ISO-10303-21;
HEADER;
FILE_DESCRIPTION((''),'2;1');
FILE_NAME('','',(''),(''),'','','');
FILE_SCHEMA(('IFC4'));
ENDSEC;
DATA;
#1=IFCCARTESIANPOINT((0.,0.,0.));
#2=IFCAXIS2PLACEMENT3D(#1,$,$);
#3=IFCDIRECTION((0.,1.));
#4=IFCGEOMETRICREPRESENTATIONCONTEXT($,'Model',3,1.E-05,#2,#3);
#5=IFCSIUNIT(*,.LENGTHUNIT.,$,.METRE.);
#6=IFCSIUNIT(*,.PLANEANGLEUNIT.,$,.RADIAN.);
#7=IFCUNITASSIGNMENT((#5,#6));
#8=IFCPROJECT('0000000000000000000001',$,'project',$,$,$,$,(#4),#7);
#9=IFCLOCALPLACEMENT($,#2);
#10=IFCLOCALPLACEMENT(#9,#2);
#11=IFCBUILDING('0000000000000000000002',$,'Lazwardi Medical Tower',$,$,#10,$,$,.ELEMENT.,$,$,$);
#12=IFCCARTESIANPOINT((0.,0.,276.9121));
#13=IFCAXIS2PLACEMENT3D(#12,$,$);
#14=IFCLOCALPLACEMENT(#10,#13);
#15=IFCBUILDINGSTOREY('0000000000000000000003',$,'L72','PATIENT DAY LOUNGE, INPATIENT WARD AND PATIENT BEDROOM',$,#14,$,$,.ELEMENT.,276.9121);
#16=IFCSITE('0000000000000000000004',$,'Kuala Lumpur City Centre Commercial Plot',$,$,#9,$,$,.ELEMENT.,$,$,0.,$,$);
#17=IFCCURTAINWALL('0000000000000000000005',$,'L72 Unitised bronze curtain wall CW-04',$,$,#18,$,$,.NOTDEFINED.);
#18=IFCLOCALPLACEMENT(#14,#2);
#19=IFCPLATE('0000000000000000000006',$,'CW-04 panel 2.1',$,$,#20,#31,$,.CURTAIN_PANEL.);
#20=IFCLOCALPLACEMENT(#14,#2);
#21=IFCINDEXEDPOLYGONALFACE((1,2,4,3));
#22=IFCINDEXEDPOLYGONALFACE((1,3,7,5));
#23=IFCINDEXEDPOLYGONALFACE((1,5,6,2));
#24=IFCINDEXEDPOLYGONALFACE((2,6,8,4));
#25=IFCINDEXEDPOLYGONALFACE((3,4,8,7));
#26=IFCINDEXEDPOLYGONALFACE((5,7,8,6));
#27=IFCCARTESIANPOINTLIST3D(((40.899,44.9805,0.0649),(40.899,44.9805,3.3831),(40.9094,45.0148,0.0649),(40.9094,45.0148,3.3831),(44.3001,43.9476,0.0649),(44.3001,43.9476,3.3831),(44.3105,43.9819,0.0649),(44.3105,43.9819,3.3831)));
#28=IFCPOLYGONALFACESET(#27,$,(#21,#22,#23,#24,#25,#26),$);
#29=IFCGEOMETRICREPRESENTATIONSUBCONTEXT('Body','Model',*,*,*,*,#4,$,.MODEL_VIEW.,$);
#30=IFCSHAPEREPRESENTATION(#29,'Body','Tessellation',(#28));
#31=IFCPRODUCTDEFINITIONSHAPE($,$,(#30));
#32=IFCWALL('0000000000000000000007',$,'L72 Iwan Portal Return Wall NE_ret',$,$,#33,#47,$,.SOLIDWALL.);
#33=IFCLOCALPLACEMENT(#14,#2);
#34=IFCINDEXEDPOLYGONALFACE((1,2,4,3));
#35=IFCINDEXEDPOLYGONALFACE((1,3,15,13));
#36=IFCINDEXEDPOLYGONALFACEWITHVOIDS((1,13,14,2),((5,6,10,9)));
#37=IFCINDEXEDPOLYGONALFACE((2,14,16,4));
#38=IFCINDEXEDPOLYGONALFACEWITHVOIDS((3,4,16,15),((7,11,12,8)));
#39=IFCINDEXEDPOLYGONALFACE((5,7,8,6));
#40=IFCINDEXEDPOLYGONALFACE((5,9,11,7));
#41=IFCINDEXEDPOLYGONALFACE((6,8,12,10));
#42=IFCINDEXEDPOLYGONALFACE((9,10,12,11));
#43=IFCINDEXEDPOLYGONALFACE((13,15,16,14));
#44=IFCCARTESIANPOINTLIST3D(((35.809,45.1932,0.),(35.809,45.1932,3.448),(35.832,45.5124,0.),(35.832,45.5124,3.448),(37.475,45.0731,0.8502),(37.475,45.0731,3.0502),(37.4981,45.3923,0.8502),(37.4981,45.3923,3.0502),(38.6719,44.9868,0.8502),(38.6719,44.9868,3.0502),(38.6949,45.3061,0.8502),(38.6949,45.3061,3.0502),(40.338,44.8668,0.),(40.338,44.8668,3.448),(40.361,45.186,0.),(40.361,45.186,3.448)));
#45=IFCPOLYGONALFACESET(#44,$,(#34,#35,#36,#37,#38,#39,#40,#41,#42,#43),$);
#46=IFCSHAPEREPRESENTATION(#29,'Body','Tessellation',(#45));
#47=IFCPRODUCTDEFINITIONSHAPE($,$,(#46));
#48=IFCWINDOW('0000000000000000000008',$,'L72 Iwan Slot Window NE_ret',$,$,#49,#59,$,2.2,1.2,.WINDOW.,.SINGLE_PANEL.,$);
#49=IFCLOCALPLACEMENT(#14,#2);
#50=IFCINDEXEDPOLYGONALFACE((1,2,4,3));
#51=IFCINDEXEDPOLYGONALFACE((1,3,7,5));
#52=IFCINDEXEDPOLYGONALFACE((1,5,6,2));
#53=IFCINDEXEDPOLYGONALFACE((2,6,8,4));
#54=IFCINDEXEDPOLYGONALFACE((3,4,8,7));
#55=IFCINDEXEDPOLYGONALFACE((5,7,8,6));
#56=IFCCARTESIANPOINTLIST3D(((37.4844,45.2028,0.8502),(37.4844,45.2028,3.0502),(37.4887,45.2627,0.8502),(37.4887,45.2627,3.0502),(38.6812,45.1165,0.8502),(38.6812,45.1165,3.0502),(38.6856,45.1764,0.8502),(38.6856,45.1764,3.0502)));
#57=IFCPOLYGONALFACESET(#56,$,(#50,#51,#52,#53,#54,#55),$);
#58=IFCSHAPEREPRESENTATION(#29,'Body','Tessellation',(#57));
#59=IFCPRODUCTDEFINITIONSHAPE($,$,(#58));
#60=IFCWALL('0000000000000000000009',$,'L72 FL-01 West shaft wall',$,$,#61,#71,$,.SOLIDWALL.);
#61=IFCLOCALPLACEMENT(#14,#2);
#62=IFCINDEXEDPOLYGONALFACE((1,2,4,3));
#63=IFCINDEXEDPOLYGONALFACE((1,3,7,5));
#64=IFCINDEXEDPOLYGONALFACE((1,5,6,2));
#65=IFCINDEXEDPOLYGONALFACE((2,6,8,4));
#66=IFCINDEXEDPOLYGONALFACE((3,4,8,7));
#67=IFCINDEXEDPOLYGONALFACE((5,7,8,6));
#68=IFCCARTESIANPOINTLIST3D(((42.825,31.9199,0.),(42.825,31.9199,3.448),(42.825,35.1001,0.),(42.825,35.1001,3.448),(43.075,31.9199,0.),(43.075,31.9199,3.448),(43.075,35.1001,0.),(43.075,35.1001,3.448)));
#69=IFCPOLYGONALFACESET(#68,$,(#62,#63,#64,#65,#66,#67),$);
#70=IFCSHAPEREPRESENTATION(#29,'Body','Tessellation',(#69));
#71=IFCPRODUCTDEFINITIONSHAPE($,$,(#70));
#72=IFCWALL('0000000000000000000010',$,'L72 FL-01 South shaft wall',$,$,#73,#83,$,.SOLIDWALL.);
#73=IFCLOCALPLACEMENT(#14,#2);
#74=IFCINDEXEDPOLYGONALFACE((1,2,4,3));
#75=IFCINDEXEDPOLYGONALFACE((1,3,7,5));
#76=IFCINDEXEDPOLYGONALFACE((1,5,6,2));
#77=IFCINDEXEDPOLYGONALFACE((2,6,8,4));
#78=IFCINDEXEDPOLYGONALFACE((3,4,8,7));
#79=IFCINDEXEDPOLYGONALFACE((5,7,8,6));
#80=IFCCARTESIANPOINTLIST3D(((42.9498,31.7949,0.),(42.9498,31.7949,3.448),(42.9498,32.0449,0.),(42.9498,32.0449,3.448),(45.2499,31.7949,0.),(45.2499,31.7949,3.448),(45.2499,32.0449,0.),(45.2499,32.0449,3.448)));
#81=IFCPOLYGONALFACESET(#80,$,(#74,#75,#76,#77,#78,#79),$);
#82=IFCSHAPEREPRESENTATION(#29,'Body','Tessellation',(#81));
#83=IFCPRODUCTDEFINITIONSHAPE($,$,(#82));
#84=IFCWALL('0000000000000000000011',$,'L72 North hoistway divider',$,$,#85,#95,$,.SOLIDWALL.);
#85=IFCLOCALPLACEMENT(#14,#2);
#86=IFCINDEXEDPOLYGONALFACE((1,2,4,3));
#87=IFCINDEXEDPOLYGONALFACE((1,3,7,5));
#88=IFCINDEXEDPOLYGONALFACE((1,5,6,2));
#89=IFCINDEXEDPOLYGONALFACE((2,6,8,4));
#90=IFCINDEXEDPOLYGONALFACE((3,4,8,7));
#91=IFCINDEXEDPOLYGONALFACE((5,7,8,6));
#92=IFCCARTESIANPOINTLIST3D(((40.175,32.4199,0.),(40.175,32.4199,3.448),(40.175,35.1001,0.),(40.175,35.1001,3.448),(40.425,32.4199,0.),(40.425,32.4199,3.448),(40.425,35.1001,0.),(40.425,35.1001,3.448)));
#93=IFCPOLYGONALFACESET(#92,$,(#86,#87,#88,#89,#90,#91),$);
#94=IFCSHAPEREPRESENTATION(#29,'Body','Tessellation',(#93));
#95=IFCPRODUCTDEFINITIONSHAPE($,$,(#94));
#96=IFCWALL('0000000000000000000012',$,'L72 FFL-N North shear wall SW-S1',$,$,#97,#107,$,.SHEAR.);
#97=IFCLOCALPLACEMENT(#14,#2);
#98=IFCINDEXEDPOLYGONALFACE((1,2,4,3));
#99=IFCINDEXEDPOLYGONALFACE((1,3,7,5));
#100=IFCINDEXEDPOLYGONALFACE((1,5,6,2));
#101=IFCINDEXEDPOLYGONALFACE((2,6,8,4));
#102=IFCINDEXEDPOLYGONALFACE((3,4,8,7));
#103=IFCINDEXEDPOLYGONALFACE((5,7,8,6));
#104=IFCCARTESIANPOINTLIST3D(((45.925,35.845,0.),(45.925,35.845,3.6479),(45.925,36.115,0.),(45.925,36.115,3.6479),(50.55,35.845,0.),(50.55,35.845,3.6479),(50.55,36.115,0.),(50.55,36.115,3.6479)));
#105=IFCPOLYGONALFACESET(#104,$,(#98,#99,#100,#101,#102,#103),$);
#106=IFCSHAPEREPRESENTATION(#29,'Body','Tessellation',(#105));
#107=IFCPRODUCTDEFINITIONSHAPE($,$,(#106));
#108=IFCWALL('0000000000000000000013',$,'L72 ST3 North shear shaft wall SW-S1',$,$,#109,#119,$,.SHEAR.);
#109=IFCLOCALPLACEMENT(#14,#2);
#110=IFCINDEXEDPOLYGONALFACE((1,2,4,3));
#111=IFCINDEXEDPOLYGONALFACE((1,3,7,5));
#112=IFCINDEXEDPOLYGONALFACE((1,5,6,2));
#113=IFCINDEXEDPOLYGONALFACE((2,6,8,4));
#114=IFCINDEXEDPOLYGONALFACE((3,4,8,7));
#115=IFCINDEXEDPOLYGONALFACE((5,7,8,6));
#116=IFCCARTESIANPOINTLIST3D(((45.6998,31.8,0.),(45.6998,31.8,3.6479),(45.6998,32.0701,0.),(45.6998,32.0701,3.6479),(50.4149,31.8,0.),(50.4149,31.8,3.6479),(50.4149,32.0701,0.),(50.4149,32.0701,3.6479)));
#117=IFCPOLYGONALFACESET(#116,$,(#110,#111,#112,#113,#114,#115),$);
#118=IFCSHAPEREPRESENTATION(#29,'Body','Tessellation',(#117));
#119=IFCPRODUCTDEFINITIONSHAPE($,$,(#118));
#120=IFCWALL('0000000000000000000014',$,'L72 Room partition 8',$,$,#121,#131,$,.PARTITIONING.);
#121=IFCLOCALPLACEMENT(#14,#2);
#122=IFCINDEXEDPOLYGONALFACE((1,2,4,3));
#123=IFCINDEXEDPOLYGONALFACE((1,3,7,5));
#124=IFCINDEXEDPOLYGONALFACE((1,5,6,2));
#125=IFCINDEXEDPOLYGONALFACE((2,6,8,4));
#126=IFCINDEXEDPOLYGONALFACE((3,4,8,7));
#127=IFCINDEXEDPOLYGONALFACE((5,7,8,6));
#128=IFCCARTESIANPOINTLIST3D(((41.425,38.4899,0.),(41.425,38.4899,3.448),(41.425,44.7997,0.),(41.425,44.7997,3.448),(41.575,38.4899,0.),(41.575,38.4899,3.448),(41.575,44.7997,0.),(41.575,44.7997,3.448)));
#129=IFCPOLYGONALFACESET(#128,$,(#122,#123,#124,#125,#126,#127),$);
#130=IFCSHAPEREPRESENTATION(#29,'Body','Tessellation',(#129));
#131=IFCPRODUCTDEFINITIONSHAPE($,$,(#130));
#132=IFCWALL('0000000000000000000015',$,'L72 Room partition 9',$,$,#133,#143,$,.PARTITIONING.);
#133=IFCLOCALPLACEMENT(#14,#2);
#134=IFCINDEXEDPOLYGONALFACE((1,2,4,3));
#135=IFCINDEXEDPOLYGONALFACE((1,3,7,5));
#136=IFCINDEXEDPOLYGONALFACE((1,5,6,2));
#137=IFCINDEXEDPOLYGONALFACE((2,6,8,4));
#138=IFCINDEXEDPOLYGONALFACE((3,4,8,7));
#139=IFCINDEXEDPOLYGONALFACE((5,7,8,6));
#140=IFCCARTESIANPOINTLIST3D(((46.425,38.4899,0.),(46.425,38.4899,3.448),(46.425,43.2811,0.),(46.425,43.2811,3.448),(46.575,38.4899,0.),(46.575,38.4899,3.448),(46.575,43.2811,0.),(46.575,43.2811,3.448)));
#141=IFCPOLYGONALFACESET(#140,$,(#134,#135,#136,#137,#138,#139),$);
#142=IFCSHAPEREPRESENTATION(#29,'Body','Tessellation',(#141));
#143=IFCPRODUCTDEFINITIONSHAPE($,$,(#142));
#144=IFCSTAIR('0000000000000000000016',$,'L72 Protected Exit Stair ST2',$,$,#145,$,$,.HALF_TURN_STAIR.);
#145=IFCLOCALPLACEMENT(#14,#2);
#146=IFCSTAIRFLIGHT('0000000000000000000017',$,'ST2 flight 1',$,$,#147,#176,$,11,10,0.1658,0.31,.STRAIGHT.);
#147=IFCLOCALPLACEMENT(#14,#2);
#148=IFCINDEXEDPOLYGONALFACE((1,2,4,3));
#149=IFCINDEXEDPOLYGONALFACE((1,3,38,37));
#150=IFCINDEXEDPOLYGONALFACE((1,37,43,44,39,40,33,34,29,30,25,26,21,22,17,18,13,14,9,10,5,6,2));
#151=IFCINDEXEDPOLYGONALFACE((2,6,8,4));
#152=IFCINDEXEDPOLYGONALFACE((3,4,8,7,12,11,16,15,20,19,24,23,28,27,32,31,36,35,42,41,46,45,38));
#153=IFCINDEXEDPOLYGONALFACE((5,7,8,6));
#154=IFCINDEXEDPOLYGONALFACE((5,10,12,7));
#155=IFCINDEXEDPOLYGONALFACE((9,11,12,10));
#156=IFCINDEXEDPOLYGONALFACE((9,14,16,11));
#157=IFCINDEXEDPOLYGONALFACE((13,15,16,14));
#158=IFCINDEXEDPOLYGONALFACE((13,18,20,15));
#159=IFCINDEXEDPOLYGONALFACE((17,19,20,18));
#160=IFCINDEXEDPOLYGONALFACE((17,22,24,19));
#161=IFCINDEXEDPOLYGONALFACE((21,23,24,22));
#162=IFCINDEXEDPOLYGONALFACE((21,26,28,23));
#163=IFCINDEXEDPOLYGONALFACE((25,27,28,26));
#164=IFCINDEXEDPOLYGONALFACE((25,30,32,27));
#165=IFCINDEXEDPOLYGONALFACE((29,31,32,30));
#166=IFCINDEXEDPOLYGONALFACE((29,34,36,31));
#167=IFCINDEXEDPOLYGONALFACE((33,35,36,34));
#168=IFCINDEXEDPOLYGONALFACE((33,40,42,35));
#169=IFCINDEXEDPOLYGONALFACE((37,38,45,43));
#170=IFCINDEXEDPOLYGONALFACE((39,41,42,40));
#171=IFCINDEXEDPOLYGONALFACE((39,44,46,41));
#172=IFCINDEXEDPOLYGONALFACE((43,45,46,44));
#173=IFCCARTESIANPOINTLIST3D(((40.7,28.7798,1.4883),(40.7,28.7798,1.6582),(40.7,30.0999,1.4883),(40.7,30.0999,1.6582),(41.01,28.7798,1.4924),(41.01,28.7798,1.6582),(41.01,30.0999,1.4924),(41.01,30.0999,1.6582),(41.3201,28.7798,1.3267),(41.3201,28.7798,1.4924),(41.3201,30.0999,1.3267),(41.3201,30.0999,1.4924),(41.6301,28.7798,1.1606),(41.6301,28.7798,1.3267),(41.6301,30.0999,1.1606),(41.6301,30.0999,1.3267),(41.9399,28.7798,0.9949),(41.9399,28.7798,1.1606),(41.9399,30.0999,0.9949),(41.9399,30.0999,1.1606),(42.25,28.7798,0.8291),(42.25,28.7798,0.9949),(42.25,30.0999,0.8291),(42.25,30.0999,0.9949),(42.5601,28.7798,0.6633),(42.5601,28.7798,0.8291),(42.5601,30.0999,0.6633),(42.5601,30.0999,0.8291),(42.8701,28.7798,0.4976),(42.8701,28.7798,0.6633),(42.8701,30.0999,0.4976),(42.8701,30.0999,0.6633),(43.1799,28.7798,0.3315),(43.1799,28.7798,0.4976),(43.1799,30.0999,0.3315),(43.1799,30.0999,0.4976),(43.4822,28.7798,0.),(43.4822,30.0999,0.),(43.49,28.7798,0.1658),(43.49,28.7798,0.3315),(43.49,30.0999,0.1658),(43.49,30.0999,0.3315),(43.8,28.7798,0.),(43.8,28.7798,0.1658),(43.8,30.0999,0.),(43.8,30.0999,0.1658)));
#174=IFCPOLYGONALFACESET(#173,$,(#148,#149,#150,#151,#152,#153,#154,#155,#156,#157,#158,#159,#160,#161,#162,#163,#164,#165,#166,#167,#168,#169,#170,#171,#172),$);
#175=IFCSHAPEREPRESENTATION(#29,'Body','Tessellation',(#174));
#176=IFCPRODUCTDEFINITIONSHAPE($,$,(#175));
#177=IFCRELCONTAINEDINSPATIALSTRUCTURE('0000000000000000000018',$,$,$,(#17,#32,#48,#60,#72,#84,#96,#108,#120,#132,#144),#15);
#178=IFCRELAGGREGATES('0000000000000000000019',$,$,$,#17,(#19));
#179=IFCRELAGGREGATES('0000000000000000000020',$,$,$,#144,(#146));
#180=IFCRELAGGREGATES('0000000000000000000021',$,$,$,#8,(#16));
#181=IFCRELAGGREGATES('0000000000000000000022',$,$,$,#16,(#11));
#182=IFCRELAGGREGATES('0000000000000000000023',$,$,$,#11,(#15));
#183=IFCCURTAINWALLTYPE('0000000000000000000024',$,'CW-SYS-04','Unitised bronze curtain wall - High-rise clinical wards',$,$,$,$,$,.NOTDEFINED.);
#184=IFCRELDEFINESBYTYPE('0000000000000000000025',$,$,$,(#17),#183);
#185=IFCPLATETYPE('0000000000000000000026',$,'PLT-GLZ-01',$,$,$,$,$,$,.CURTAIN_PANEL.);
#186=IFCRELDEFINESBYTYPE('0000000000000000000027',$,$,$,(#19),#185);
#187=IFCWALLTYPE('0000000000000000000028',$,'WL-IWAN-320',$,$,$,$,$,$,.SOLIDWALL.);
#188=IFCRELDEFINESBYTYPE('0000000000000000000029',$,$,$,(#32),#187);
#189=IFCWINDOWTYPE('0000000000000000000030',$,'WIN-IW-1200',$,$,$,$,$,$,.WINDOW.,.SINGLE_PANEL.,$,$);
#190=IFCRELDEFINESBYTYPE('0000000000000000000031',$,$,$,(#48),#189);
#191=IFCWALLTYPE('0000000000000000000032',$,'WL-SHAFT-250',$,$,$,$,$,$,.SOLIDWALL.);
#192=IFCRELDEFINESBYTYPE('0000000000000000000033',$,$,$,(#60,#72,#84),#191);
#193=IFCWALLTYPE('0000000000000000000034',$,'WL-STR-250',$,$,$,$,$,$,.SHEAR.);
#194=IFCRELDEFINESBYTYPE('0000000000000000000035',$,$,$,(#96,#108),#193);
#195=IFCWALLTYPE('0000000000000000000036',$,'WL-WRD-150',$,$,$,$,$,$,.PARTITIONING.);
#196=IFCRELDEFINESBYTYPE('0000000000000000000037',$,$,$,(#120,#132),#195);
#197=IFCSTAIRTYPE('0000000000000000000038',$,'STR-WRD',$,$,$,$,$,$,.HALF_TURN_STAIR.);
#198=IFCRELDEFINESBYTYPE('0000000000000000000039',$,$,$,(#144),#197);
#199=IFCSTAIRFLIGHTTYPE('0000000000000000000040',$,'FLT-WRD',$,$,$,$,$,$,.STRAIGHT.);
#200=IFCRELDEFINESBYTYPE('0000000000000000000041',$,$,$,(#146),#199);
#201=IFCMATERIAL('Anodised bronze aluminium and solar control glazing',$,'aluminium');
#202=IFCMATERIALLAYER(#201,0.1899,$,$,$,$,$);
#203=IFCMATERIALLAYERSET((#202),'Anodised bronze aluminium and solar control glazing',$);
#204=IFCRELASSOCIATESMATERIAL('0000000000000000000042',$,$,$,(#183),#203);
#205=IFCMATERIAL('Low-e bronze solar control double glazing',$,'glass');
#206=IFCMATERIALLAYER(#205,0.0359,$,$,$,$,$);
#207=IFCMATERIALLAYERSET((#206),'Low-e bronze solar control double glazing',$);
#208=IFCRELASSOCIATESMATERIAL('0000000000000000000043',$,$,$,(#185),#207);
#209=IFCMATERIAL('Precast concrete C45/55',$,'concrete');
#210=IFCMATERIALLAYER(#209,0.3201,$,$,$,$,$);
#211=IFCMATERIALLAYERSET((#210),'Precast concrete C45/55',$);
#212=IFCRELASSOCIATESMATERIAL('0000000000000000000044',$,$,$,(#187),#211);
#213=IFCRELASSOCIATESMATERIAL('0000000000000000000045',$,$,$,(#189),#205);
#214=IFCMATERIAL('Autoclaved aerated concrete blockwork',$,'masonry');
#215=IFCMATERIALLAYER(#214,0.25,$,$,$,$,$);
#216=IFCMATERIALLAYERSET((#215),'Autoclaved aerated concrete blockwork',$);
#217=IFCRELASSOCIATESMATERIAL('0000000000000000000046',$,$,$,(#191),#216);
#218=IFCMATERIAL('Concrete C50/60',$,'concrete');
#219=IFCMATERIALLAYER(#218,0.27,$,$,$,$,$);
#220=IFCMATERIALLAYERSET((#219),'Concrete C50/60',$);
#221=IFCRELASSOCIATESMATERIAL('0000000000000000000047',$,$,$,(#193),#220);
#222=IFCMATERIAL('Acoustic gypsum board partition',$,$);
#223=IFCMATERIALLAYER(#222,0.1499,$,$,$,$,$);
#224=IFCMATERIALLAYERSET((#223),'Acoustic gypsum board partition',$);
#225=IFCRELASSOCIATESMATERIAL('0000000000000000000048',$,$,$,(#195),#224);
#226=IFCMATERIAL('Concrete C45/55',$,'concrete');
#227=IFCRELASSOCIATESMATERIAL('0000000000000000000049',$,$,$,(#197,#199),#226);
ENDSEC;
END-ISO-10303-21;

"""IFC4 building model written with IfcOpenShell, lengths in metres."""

from ifc_helpers import new_model, si_unit, direction, frame, frame_2d, origin, origin_2d, place, context, subcontext, project, spatial, polyline, rectangle, outline, extrude, material, layer, layer_set, type_object, element, fill, aggregate, save


model = new_model("IFC4")

# Units and contexts
model_context = context("Model", 3, precision=1e-05, world=origin(), true_north=direction((0.0, 1.0)))
body_context = subcontext(model_context, "Body", "Model", "MODEL_VIEW")
ifc_project = project(units=[si_unit("LENGTHUNIT", "METRE"), si_unit("PLANEANGLEUNIT", "RADIAN")], contexts=[model_context])

# Site, building, storey
site_placement = place(None, origin())
site = spatial("IfcSite", under=ifc_project, at=site_placement, Name="Kuala Lumpur City Centre Commercial Plot", CompositionType="ELEMENT", RefElevation=0.0)
building_placement = place(site_placement, origin())
building = spatial("IfcBuilding", under=site, at=building_placement, Name="Lazwardi Medical Tower", CompositionType="ELEMENT")
storey_placement = place(building_placement, frame((0.0, 0.0, 276.9121)))
storey = spatial("IfcBuildingStorey", under=building, at=storey_placement, Name="L72", Description="PATIENT DAY LOUNGE, INPATIENT WARD AND PATIENT BEDROOM", CompositionType="ELEMENT", Elevation=276.9121)

# Curtain wall, plate
ifc_material_1 = material(Name="Anodised bronze aluminium and solar control glazing", Category="aluminium")
ifc_layer_1 = layer(ifc_material_1, 0.1899)
ifc_layer_set_1 = layer_set([ifc_layer_1], Name="Anodised bronze aluminium and solar control glazing")
curtain_wall_type = type_object("IfcCurtainWallType", Name="CW-SYS-04", Description="Unitised bronze curtain wall - High-rise clinical wards", PredefinedType="NOTDEFINED", material=ifc_layer_set_1)
curtain_wall_placement = place(storey_placement, origin())
curtain_wall = element("IfcCurtainWall", 1, at=curtain_wall_placement, inside=storey, type_object=curtain_wall_type, Name="L72 Unitised bronze curtain wall CW-04", PredefinedType="NOTDEFINED")
ifc_material_2 = material(Name="Low-e bronze solar control double glazing", Category="glass")
ifc_layer_2 = layer(ifc_material_2, 0.0359)
ifc_layer_set_2 = layer_set([ifc_layer_2], Name="Low-e bronze solar control double glazing")
plate_type = type_object("IfcPlateType", Name="PLT-GLZ-01", PredefinedType="CURTAIN_PANEL", material=ifc_layer_set_2)
plate_1_placement = place(storey_placement, frame((42.6047, 44.4812, 0.0649), z_axis=(0.0, 0.0, 1.0), x_axis=(-0.95685, 0.290582, 0.0)))
plate_1 = element("IfcPlate", 2, at=plate_1_placement, type_object=plate_type, Name="CW-04 panel 2.1", PredefinedType="CURTAIN_PANEL", context=body_context, shape_type="SweptSolid", body=[
    extrude(rectangle(XDim=3.5544, YDim=0.0359, at=origin_2d()), origin(), (0.0, 0.0, 1.0), 3.3181),
])
aggregate(curtain_wall, [plate_1])

# Wall, opening, window
ifc_material_3 = material(Name="Precast concrete C45/55", Category="concrete")
ifc_layer_3 = layer(ifc_material_3, 0.3201)
ifc_layer_set_3 = layer_set([ifc_layer_3], Name="Precast concrete C45/55")
wall_type_1 = type_object("IfcWallType", Name="WL-IWAN-320", PredefinedType="SOLIDWALL", material=ifc_layer_set_3)
wall_1_placement = place(storey_placement, frame((40.3496, 45.0264, 0.0), z_axis=(0.0, 0.0, 1.0), x_axis=(-0.997413, 0.071885, 0.0)))
wall_1 = element("IfcWall", 3, at=wall_1_placement, inside=storey, type_object=wall_type_1, Name="L72 Iwan Portal Return Wall NE_ret", PredefinedType="SOLIDWALL", context=body_context, shape_type="SweptSolid", body=[
    extrude(rectangle(XDim=4.5408, YDim=0.3201, at=frame_2d((2.2705, 0.0))), origin(), (0.0, 0.0, 1.0), 3.448),
])
opening_placement = place(wall_1_placement, frame((1.6704, 0.0, 0.8501)))
opening = element("IfcOpeningElement", 4, at=opening_placement, cuts=wall_1, PredefinedType="OPENING", context=body_context, shape_type="SweptSolid", body=[
    extrude(rectangle(XDim=1.2, YDim=2.2, at=frame_2d((0.6001, 1.1001))), frame((0.0, 0.1699, 0.0), z_axis=(0.0, -1.0, 0.0), x_axis=(1.0, 0.0, 0.0)), (0.0, 0.0, 1.0), 0.3401),
])
window_type = type_object("IfcWindowType", Name="WIN-IW-1200", PartitioningType="SINGLE_PANEL", PredefinedType="WINDOW", material=ifc_material_2)
window_placement = place(opening_placement, origin())
window = element("IfcWindow", 5, at=window_placement, inside=storey, type_object=window_type, Name="L72 Iwan Slot Window NE_ret", OverallHeight=2.2, OverallWidth=1.2, PartitioningType="SINGLE_PANEL", PredefinedType="WINDOW", context=body_context, shape_type="SweptSolid", body=[
    extrude(rectangle(XDim=1.2, YDim=2.2, at=frame_2d((0.6001, 1.1001))), frame((0.0, 0.03, 0.0), z_axis=(0.0, -1.0, 0.0), x_axis=(1.0, 0.0, 0.0)), (0.0, 0.0, 1.0), 0.0601),
])
fill(opening, window)

# Walls
ifc_material_4 = material(Name="Autoclaved aerated concrete blockwork", Category="masonry")
ifc_layer_4 = layer(ifc_material_4, 0.25)
ifc_layer_set_4 = layer_set([ifc_layer_4], Name="Autoclaved aerated concrete blockwork")
wall_type_2 = type_object("IfcWallType", Name="WL-SHAFT-250", PredefinedType="SOLIDWALL", material=ifc_layer_set_4)
wall_2_placement = place(storey_placement, frame((42.95, 31.9199, 0.0), z_axis=(0.0, 0.0, 1.0), x_axis=(0.0, 1.0, 0.0)))
element("IfcWall", 6, at=wall_2_placement, inside=storey, type_object=wall_type_2, Name="L72 FL-01 West shaft wall", PredefinedType="SOLIDWALL", context=body_context, shape_type="SweptSolid", body=[
    extrude(rectangle(XDim=3.1802, YDim=0.25, at=frame_2d((1.5901, 0.0))), origin(), (0.0, 0.0, 1.0), 3.448),
])
wall_3_placement = place(storey_placement, frame((42.95, 31.9199, 0.0), z_axis=(0.0, 0.0, 1.0), x_axis=(1.0, 0.0, 0.0)))
element("IfcWall", 7, at=wall_3_placement, inside=storey, type_object=wall_type_2, Name="L72 FL-01 South shaft wall", PredefinedType="SOLIDWALL", context=body_context, shape_type="SweptSolid", body=[
    extrude(rectangle(XDim=2.3, YDim=0.25, at=frame_2d((1.1499, 0.0))), origin(), (0.0, 0.0, 1.0), 3.448),
])
wall_4_placement = place(storey_placement, frame((40.3, 32.4199, 0.0), z_axis=(0.0, 0.0, 1.0), x_axis=(0.0, 1.0, 0.0)))
element("IfcWall", 8, at=wall_4_placement, inside=storey, type_object=wall_type_2, Name="L72 North hoistway divider", PredefinedType="SOLIDWALL", context=body_context, shape_type="SweptSolid", body=[
    extrude(rectangle(XDim=2.6802, YDim=0.25, at=frame_2d((1.3401, 0.0))), origin(), (0.0, 0.0, 1.0), 3.448),
])
ifc_material_5 = material(Name="Concrete C50/60", Category="concrete")
ifc_layer_5 = layer(ifc_material_5, 0.27)
ifc_layer_set_5 = layer_set([ifc_layer_5], Name="Concrete C50/60")
wall_type_3 = type_object("IfcWallType", Name="WL-STR-250", PredefinedType="SHEAR", material=ifc_layer_set_5)
wall_5_placement = place(storey_placement, frame((45.925, 35.98, 0.0), z_axis=(0.0, 0.0, 1.0), x_axis=(1.0, 0.0, 0.0)))
element("IfcWall", 9, at=wall_5_placement, inside=storey, type_object=wall_type_3, Name="L72 FFL-N North shear wall SW-S1", PredefinedType="SHEAR", context=body_context, shape_type="SweptSolid", body=[
    extrude(rectangle(XDim=4.625, YDim=0.27, at=frame_2d((2.3125, 0.0))), origin(), (0.0, 0.0, 1.0), 3.6479),
])
wall_6_placement = place(storey_placement, frame((45.7, 31.9351, 0.0), z_axis=(0.0, 0.0, 1.0), x_axis=(1.0, 0.0, 0.0)))
element("IfcWall", 10, at=wall_6_placement, inside=storey, type_object=wall_type_3, Name="L72 ST3 North shear shaft wall SW-S1", PredefinedType="SHEAR", context=body_context, shape_type="SweptSolid", body=[
    extrude(rectangle(XDim=4.7151, YDim=0.27, at=frame_2d((2.3574, 0.0))), origin(), (0.0, 0.0, 1.0), 3.6479),
])
ifc_material_6 = material(Name="Acoustic gypsum board partition")
ifc_layer_6 = layer(ifc_material_6, 0.1499)
ifc_layer_set_6 = layer_set([ifc_layer_6], Name="Acoustic gypsum board partition")
wall_type_4 = type_object("IfcWallType", Name="WL-WRD-150", PredefinedType="PARTITIONING", material=ifc_layer_set_6)
wall_7_placement = place(storey_placement, frame((41.5, 38.49, 0.0), z_axis=(0.0, 0.0, 1.0), x_axis=(0.0, 1.0, 0.0)))
element("IfcWall", 11, at=wall_7_placement, inside=storey, type_object=wall_type_4, Name="L72 Room partition 8", PredefinedType="PARTITIONING", context=body_context, shape_type="SweptSolid", body=[
    extrude(rectangle(XDim=6.3098, YDim=0.1499, at=frame_2d((3.1548, 0.0))), origin(), (0.0, 0.0, 1.0), 3.448),
])
wall_8_placement = place(storey_placement, frame((46.5, 38.49, 0.0), z_axis=(0.0, 0.0, 1.0), x_axis=(0.0, 1.0, 0.0)))
element("IfcWall", 12, at=wall_8_placement, inside=storey, type_object=wall_type_4, Name="L72 Room partition 9", PredefinedType="PARTITIONING", context=body_context, shape_type="SweptSolid", body=[
    extrude(rectangle(XDim=4.7913, YDim=0.1499, at=frame_2d((2.3955, 0.0))), origin(), (0.0, 0.0, 1.0), 3.448),
])

# Stair, stair flight
ifc_material_7 = material(Name="Concrete C45/55", Category="concrete")
stair_type = type_object("IfcStairType", Name="STR-WRD", PredefinedType="HALF_TURN_STAIR", material=ifc_material_7)
stair_1_placement = place(storey_placement, origin())
stair_1 = element("IfcStair", 13, at=stair_1_placement, inside=storey, type_object=stair_type, Name="L72 Protected Exit Stair ST2", PredefinedType="HALF_TURN_STAIR")
stair_flight_type = type_object("IfcStairFlightType", Name="FLT-WRD", PredefinedType="STRAIGHT", material=ifc_material_7)
stair_flight_1_placement = place(storey_placement, frame((43.8, 29.4399, 0.0), z_axis=(0.0, 0.0, 1.0), x_axis=(-1.0, 0.0, 0.0)))
stair_flight_1 = element("IfcStairFlight", 14, at=stair_flight_1_placement, type_object=stair_flight_type, Name="ST2 flight 1", NumberOfRisers=11, NumberOfTreads=10, PredefinedType="STRAIGHT", RiserHeight=0.1658, TreadLength=0.31, context=body_context, shape_type="SweptSolid", body=[
    extrude(outline(polyline([(0.0, 0.0), (0.0, 0.1658), (0.3101, 0.1658), (0.3101, 0.3315), (0.6201, 0.3315), (0.6201, 0.4976), (0.9299, 0.4976), (0.9299, 0.6633), (1.24, 0.6633), (1.24, 0.8291), (1.55, 0.8291), (1.55, 0.9949), (1.8601, 0.9949), (1.8601, 1.1606), (2.1699, 1.1606), (2.1699, 1.3267), (2.48, 1.3267), (2.48, 1.4924), (2.79, 1.4924), (2.79, 1.6582), (3.1001, 1.6582), (3.1001, 1.824), (3.1001, 1.4883), (0.3179, 0.0), (0.0, 0.0)])), frame((0.0, 0.6602, 0.0), z_axis=(0.0, -1.0, 0.0), x_axis=(1.0, 0.0, 0.0)), (0.0, 0.0, 1.0), 1.3201),
])
aggregate(stair_1, [stair_flight_1])

save(model, "model.ifc")
